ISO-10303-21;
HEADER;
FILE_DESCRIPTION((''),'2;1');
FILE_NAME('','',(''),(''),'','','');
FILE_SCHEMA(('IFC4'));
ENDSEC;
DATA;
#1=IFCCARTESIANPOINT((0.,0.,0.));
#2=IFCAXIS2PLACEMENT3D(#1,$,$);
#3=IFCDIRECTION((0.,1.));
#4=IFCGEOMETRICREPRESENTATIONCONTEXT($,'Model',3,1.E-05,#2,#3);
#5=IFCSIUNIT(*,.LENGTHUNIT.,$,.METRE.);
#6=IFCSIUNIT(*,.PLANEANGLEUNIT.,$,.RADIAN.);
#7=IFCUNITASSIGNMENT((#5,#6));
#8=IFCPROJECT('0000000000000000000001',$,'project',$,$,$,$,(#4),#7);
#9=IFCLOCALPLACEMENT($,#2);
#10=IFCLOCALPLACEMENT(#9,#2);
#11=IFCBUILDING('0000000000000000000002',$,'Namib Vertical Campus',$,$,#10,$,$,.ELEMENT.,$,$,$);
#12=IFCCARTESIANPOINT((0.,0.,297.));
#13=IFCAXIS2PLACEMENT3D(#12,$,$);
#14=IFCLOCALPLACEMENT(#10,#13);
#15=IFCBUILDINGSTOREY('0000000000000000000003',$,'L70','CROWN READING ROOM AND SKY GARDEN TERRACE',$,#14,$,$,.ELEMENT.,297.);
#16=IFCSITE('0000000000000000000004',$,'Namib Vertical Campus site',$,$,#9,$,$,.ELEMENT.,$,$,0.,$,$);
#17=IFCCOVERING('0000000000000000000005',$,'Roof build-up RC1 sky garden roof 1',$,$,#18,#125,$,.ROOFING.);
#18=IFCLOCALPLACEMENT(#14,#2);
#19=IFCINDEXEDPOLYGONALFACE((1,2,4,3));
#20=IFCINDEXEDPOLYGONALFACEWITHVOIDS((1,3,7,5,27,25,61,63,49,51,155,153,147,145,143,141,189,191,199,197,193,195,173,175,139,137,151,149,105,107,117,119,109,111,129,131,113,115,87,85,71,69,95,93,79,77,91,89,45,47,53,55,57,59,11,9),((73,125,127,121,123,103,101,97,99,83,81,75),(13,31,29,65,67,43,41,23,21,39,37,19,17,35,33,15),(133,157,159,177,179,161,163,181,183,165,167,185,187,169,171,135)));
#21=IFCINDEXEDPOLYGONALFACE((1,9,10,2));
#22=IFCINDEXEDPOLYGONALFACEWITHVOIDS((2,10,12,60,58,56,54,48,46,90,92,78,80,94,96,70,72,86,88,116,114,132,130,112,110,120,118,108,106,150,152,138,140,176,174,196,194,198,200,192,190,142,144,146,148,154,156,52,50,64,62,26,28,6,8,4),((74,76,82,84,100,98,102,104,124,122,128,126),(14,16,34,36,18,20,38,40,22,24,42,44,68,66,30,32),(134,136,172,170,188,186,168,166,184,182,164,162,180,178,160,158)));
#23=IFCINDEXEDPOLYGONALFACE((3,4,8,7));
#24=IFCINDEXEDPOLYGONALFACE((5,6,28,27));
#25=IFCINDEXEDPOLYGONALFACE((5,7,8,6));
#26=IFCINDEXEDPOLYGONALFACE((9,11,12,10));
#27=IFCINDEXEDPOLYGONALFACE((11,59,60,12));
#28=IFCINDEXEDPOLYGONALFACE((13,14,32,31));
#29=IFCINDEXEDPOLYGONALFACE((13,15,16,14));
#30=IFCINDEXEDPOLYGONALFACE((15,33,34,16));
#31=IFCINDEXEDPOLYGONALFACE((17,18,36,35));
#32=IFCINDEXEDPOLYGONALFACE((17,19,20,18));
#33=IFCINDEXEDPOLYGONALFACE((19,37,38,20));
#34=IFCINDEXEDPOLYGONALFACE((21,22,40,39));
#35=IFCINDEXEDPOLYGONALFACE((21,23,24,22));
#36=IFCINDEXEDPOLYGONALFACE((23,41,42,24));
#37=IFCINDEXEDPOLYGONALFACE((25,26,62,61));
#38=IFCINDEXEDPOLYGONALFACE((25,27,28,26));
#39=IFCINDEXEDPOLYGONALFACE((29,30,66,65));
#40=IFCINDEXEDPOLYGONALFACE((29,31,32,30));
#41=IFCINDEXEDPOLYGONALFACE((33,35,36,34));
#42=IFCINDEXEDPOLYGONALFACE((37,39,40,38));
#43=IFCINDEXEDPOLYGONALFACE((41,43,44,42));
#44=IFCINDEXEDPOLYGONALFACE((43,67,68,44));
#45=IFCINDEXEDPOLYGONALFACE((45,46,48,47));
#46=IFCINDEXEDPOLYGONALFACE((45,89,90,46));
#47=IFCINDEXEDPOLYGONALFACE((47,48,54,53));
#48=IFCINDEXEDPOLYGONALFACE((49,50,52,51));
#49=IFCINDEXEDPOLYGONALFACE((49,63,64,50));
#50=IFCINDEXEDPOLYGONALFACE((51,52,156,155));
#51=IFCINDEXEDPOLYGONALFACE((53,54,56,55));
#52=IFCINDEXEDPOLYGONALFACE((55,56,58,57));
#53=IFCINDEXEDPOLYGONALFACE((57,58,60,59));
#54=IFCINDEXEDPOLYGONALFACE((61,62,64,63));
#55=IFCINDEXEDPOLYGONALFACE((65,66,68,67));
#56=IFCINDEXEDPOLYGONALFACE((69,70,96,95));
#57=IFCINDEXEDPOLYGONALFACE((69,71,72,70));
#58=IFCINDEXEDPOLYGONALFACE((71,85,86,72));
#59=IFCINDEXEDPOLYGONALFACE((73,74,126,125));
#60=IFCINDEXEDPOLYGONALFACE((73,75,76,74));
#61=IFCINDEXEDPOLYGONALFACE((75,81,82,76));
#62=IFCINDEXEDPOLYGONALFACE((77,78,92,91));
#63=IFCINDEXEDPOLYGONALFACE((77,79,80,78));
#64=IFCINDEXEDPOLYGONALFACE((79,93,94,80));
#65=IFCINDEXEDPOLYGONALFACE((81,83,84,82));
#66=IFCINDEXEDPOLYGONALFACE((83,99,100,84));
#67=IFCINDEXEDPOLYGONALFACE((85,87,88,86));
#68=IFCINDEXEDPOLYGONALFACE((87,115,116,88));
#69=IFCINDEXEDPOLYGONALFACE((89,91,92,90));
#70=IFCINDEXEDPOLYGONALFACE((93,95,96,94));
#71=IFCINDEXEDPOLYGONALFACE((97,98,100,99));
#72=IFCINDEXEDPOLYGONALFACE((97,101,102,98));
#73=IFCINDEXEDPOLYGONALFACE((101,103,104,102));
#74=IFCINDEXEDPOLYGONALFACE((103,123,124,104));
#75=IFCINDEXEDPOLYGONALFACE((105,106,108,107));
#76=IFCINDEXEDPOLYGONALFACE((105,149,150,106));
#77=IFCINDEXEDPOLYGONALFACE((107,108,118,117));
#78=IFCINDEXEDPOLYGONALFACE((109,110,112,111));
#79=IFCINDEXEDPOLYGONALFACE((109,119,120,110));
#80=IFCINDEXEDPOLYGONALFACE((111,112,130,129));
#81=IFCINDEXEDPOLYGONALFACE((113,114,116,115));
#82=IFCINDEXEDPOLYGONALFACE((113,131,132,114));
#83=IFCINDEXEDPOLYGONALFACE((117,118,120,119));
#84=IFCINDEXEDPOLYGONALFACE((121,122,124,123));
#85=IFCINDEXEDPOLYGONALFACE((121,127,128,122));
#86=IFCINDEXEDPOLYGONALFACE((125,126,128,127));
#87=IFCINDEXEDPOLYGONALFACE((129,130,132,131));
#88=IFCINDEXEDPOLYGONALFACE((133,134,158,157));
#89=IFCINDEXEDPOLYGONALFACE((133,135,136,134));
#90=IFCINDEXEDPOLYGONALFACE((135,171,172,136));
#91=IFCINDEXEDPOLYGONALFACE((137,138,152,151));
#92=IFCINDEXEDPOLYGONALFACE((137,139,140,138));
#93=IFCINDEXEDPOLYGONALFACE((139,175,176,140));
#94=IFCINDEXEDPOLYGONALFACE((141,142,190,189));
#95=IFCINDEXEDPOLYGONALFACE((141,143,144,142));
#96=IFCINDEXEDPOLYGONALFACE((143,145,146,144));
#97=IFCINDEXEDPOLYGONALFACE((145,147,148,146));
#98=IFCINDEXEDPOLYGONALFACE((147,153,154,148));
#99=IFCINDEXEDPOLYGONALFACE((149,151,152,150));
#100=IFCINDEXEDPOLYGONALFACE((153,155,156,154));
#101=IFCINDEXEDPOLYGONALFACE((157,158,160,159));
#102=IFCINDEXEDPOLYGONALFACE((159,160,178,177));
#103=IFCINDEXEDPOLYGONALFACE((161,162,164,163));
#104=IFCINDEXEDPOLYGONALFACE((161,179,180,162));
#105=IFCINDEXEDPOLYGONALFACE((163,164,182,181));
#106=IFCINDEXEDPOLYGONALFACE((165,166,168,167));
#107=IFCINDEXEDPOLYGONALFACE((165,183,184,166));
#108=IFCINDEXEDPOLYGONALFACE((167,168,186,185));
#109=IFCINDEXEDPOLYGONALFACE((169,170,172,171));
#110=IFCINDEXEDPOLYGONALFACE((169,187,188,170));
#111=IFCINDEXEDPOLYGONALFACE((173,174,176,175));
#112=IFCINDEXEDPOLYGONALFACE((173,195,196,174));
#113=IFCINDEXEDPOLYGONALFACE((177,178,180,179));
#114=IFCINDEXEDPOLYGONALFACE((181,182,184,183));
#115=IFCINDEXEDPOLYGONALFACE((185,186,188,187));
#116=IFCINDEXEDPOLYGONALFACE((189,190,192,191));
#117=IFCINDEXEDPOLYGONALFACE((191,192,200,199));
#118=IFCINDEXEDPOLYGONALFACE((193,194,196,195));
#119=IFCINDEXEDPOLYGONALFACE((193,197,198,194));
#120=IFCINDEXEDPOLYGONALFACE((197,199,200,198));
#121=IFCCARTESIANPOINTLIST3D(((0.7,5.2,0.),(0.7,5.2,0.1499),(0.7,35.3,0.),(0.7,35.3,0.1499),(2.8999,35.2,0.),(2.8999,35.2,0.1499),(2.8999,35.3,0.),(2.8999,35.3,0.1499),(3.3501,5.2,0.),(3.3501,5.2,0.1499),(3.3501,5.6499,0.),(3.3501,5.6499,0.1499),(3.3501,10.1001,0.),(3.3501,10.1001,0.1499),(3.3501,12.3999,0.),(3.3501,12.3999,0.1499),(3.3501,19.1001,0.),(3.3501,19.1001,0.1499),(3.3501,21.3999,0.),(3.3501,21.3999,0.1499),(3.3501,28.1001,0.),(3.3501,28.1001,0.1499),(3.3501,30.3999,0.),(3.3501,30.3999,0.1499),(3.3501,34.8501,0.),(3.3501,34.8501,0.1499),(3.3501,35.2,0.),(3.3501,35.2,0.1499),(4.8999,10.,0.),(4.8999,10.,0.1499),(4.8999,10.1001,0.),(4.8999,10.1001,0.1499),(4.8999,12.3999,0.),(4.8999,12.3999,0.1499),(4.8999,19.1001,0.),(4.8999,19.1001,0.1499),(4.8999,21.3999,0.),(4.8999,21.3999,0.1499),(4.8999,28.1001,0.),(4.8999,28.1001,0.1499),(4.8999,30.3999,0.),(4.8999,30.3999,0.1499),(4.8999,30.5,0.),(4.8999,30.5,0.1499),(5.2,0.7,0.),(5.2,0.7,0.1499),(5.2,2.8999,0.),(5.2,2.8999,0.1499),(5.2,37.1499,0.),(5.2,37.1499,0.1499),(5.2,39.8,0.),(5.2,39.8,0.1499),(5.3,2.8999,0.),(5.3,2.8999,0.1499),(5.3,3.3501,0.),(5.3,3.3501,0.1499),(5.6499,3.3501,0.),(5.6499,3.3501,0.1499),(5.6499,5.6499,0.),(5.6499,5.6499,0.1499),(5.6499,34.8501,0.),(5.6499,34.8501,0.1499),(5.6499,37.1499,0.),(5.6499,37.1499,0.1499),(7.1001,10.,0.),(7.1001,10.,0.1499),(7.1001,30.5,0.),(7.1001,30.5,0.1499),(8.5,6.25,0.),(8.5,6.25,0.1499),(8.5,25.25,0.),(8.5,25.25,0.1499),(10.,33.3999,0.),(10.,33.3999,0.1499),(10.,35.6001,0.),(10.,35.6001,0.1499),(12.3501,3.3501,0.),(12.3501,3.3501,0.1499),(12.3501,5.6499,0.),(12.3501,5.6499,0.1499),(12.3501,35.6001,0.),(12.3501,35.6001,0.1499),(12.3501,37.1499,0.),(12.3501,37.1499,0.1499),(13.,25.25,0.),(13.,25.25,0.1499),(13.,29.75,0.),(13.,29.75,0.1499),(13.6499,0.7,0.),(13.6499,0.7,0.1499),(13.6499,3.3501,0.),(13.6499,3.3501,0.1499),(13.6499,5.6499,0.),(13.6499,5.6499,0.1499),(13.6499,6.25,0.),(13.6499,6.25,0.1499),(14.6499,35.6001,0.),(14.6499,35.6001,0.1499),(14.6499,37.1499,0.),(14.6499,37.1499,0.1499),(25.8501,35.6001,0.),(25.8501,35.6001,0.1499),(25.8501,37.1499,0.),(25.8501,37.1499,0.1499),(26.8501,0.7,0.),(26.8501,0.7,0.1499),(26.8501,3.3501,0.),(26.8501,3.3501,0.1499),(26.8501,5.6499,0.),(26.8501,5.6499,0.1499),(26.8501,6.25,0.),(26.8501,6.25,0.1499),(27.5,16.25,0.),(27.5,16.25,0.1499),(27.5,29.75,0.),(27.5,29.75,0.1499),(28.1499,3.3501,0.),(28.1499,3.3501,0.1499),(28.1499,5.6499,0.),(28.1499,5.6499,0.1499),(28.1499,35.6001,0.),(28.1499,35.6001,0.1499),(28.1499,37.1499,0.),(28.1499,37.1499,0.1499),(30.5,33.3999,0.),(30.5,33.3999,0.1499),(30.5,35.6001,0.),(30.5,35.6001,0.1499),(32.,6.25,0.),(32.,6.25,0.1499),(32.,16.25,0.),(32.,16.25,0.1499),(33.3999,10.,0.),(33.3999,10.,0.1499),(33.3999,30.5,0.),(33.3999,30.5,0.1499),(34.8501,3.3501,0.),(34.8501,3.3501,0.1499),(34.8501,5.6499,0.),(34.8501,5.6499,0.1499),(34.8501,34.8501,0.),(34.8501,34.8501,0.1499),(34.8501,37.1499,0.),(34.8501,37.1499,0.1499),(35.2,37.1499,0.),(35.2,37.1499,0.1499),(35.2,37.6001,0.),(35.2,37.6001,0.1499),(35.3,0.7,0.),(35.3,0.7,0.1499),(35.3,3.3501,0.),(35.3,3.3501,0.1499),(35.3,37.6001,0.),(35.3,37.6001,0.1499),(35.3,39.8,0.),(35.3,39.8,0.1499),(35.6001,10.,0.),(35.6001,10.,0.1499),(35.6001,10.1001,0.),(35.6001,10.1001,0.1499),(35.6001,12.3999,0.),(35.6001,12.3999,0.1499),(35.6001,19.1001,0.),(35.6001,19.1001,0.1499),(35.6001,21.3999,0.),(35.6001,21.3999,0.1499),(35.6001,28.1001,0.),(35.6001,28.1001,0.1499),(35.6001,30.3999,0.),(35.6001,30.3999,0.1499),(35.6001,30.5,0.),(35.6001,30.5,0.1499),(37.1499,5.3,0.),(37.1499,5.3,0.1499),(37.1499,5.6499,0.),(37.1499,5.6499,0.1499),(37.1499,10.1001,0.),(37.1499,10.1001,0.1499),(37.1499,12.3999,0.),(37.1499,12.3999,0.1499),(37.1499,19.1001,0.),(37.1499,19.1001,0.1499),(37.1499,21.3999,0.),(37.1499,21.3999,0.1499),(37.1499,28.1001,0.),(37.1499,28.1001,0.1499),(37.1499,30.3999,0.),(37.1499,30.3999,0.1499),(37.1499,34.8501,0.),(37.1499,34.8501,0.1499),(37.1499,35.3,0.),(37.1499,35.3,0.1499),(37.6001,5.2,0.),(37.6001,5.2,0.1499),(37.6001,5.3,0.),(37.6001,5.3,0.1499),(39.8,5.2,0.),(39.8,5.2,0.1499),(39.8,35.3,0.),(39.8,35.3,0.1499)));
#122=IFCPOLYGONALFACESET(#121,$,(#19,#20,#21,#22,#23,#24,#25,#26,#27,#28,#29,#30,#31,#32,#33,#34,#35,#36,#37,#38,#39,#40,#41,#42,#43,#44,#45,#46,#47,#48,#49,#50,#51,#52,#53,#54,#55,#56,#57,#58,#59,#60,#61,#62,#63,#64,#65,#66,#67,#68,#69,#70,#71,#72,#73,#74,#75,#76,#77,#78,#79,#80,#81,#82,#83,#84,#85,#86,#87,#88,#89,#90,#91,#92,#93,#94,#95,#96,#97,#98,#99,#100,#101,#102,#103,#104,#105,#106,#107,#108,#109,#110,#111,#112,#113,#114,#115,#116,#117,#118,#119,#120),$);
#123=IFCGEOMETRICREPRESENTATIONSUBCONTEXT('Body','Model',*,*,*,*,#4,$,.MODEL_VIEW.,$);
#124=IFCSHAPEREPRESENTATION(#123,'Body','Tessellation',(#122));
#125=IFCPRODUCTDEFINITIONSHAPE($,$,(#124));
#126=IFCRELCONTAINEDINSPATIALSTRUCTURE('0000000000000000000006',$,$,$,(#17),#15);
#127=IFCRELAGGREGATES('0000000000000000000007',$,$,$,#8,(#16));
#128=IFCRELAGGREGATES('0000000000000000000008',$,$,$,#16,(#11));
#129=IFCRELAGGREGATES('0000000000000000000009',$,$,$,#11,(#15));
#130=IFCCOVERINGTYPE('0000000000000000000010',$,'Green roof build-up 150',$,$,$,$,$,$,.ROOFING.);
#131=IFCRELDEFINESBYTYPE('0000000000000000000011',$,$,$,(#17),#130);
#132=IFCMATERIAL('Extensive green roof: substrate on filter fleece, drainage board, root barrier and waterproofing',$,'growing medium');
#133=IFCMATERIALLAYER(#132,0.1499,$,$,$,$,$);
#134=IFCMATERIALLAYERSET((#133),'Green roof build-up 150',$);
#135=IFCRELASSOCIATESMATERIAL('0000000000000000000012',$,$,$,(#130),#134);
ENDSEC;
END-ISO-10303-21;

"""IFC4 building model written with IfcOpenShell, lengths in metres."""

from ifc_helpers import new_model, si_unit, direction, frame, origin, place, context, subcontext, project, spatial, polyline, outline, extrude, material, layer, layer_set, type_object, element, save


model = new_model("IFC4")

# Units and contexts
model_context = context("Model", 3, precision=1e-05, world=origin(), true_north=direction((0.0, 1.0)))
body_context = subcontext(model_context, "Body", "Model", "MODEL_VIEW")
ifc_project = project(units=[si_unit("LENGTHUNIT", "METRE"), si_unit("PLANEANGLEUNIT", "RADIAN")], contexts=[model_context])

# Site, building, storey
site_placement = place(None, origin())
site = spatial("IfcSite", under=ifc_project, at=site_placement, Name="Namib Vertical Campus site", CompositionType="ELEMENT", RefElevation=0.0)
building_placement = place(site_placement, origin())
building = spatial("IfcBuilding", under=site, at=building_placement, Name="Namib Vertical Campus", CompositionType="ELEMENT")
storey_placement = place(building_placement, frame((0.0, 0.0, 297.0)))
storey = spatial("IfcBuildingStorey", under=building, at=storey_placement, Name="L70", Description="CROWN READING ROOM AND SKY GARDEN TERRACE", CompositionType="ELEMENT", Elevation=297.0)

# Covering
ifc_material_1 = material(Name="Extensive green roof: substrate on filter fleece, drainage board, root barrier and waterproofing", Category="growing medium")
ifc_layer_1 = layer(ifc_material_1, 0.1499)
ifc_layer_set_1 = layer_set([ifc_layer_1], Name="Green roof build-up 150")
covering_type = type_object("IfcCoveringType", Name="Green roof build-up 150", PredefinedType="ROOFING", material=ifc_layer_set_1)
covering_placement = place(storey_placement, origin())
element("IfcCovering", 1, at=covering_placement, inside=storey, type_object=covering_type, Name="Roof build-up RC1 sky garden roof 1", PredefinedType="ROOFING", context=body_context, shape_type="SweptSolid", body=[
    extrude(outline(polyline([(2.8999, 35.3), (0.7, 35.3), (0.7, 5.2), (3.3501, 5.2), (3.3501, 5.6499), (5.6499, 5.6499), (5.6499, 3.3501), (5.3, 3.3501), (5.3, 2.8999), (5.2, 2.8999), (5.2, 0.7), (13.6499, 0.7), (13.6499, 3.3501), (12.3501, 3.3501), (12.3501, 5.6499), (13.6499, 5.6499), (13.6499, 6.25), (8.5, 6.25), (8.5, 25.25), (13.0, 25.25), (13.0, 29.75), (27.5, 29.75), (27.5, 16.25), (32.0, 16.25), (32.0, 6.25), (26.8501, 6.25), (26.8501, 5.6499), (28.1499, 5.6499), (28.1499, 3.3501), (26.8501, 3.3501), (26.8501, 0.7), (35.3, 0.7), (35.3, 3.3501), (34.8501, 3.3501), (34.8501, 5.6499), (37.1499, 5.6499), (37.1499, 5.3), (37.6001, 5.3), (37.6001, 5.2), (39.8, 5.2), (39.8, 35.3), (37.1499, 35.3), (37.1499, 34.8501), (34.8501, 34.8501), (34.8501, 37.1499), (35.2, 37.1499), (35.2, 37.6001), (35.3, 37.6001), (35.3, 39.8), (5.2, 39.8), (5.2, 37.1499), (5.6499, 37.1499), (5.6499, 34.8501), (3.3501, 34.8501), (3.3501, 35.2), (2.8999, 35.2), (2.8999, 35.3)]), holes=[polyline([(37.1499, 12.3999), (37.1499, 10.1001), (35.6001, 10.1001), (35.6001, 10.0), (33.3999, 10.0), (33.3999, 30.5), (35.6001, 30.5), (35.6001, 30.3999), (37.1499, 30.3999), (37.1499, 28.1001), (35.6001, 28.1001), (35.6001, 21.3999), (37.1499, 21.3999), (37.1499, 19.1001), (35.6001, 19.1001), (35.6001, 12.3999), (37.1499, 12.3999)]), polyline([(30.5, 35.6001), (30.5, 33.3999), (10.0, 33.3999), (10.0, 35.6001), (12.3501, 35.6001), (12.3501, 37.1499), (14.6499, 37.1499), (14.6499, 35.6001), (25.8501, 35.6001), (25.8501, 37.1499), (28.1499, 37.1499), (28.1499, 35.6001), (30.5, 35.6001)]), polyline([(4.8999, 10.0), (4.8999, 10.1001), (3.3501, 10.1001), (3.3501, 12.3999), (4.8999, 12.3999), (4.8999, 19.1001), (3.3501, 19.1001), (3.3501, 21.3999), (4.8999, 21.3999), (4.8999, 28.1001), (3.3501, 28.1001), (3.3501, 30.3999), (4.8999, 30.3999), (4.8999, 30.5), (7.1001, 30.5), (7.1001, 10.0), (4.8999, 10.0)])]), origin(), (0.0, 0.0, 1.0), 0.1499),
])

save(model, "model.ifc")
